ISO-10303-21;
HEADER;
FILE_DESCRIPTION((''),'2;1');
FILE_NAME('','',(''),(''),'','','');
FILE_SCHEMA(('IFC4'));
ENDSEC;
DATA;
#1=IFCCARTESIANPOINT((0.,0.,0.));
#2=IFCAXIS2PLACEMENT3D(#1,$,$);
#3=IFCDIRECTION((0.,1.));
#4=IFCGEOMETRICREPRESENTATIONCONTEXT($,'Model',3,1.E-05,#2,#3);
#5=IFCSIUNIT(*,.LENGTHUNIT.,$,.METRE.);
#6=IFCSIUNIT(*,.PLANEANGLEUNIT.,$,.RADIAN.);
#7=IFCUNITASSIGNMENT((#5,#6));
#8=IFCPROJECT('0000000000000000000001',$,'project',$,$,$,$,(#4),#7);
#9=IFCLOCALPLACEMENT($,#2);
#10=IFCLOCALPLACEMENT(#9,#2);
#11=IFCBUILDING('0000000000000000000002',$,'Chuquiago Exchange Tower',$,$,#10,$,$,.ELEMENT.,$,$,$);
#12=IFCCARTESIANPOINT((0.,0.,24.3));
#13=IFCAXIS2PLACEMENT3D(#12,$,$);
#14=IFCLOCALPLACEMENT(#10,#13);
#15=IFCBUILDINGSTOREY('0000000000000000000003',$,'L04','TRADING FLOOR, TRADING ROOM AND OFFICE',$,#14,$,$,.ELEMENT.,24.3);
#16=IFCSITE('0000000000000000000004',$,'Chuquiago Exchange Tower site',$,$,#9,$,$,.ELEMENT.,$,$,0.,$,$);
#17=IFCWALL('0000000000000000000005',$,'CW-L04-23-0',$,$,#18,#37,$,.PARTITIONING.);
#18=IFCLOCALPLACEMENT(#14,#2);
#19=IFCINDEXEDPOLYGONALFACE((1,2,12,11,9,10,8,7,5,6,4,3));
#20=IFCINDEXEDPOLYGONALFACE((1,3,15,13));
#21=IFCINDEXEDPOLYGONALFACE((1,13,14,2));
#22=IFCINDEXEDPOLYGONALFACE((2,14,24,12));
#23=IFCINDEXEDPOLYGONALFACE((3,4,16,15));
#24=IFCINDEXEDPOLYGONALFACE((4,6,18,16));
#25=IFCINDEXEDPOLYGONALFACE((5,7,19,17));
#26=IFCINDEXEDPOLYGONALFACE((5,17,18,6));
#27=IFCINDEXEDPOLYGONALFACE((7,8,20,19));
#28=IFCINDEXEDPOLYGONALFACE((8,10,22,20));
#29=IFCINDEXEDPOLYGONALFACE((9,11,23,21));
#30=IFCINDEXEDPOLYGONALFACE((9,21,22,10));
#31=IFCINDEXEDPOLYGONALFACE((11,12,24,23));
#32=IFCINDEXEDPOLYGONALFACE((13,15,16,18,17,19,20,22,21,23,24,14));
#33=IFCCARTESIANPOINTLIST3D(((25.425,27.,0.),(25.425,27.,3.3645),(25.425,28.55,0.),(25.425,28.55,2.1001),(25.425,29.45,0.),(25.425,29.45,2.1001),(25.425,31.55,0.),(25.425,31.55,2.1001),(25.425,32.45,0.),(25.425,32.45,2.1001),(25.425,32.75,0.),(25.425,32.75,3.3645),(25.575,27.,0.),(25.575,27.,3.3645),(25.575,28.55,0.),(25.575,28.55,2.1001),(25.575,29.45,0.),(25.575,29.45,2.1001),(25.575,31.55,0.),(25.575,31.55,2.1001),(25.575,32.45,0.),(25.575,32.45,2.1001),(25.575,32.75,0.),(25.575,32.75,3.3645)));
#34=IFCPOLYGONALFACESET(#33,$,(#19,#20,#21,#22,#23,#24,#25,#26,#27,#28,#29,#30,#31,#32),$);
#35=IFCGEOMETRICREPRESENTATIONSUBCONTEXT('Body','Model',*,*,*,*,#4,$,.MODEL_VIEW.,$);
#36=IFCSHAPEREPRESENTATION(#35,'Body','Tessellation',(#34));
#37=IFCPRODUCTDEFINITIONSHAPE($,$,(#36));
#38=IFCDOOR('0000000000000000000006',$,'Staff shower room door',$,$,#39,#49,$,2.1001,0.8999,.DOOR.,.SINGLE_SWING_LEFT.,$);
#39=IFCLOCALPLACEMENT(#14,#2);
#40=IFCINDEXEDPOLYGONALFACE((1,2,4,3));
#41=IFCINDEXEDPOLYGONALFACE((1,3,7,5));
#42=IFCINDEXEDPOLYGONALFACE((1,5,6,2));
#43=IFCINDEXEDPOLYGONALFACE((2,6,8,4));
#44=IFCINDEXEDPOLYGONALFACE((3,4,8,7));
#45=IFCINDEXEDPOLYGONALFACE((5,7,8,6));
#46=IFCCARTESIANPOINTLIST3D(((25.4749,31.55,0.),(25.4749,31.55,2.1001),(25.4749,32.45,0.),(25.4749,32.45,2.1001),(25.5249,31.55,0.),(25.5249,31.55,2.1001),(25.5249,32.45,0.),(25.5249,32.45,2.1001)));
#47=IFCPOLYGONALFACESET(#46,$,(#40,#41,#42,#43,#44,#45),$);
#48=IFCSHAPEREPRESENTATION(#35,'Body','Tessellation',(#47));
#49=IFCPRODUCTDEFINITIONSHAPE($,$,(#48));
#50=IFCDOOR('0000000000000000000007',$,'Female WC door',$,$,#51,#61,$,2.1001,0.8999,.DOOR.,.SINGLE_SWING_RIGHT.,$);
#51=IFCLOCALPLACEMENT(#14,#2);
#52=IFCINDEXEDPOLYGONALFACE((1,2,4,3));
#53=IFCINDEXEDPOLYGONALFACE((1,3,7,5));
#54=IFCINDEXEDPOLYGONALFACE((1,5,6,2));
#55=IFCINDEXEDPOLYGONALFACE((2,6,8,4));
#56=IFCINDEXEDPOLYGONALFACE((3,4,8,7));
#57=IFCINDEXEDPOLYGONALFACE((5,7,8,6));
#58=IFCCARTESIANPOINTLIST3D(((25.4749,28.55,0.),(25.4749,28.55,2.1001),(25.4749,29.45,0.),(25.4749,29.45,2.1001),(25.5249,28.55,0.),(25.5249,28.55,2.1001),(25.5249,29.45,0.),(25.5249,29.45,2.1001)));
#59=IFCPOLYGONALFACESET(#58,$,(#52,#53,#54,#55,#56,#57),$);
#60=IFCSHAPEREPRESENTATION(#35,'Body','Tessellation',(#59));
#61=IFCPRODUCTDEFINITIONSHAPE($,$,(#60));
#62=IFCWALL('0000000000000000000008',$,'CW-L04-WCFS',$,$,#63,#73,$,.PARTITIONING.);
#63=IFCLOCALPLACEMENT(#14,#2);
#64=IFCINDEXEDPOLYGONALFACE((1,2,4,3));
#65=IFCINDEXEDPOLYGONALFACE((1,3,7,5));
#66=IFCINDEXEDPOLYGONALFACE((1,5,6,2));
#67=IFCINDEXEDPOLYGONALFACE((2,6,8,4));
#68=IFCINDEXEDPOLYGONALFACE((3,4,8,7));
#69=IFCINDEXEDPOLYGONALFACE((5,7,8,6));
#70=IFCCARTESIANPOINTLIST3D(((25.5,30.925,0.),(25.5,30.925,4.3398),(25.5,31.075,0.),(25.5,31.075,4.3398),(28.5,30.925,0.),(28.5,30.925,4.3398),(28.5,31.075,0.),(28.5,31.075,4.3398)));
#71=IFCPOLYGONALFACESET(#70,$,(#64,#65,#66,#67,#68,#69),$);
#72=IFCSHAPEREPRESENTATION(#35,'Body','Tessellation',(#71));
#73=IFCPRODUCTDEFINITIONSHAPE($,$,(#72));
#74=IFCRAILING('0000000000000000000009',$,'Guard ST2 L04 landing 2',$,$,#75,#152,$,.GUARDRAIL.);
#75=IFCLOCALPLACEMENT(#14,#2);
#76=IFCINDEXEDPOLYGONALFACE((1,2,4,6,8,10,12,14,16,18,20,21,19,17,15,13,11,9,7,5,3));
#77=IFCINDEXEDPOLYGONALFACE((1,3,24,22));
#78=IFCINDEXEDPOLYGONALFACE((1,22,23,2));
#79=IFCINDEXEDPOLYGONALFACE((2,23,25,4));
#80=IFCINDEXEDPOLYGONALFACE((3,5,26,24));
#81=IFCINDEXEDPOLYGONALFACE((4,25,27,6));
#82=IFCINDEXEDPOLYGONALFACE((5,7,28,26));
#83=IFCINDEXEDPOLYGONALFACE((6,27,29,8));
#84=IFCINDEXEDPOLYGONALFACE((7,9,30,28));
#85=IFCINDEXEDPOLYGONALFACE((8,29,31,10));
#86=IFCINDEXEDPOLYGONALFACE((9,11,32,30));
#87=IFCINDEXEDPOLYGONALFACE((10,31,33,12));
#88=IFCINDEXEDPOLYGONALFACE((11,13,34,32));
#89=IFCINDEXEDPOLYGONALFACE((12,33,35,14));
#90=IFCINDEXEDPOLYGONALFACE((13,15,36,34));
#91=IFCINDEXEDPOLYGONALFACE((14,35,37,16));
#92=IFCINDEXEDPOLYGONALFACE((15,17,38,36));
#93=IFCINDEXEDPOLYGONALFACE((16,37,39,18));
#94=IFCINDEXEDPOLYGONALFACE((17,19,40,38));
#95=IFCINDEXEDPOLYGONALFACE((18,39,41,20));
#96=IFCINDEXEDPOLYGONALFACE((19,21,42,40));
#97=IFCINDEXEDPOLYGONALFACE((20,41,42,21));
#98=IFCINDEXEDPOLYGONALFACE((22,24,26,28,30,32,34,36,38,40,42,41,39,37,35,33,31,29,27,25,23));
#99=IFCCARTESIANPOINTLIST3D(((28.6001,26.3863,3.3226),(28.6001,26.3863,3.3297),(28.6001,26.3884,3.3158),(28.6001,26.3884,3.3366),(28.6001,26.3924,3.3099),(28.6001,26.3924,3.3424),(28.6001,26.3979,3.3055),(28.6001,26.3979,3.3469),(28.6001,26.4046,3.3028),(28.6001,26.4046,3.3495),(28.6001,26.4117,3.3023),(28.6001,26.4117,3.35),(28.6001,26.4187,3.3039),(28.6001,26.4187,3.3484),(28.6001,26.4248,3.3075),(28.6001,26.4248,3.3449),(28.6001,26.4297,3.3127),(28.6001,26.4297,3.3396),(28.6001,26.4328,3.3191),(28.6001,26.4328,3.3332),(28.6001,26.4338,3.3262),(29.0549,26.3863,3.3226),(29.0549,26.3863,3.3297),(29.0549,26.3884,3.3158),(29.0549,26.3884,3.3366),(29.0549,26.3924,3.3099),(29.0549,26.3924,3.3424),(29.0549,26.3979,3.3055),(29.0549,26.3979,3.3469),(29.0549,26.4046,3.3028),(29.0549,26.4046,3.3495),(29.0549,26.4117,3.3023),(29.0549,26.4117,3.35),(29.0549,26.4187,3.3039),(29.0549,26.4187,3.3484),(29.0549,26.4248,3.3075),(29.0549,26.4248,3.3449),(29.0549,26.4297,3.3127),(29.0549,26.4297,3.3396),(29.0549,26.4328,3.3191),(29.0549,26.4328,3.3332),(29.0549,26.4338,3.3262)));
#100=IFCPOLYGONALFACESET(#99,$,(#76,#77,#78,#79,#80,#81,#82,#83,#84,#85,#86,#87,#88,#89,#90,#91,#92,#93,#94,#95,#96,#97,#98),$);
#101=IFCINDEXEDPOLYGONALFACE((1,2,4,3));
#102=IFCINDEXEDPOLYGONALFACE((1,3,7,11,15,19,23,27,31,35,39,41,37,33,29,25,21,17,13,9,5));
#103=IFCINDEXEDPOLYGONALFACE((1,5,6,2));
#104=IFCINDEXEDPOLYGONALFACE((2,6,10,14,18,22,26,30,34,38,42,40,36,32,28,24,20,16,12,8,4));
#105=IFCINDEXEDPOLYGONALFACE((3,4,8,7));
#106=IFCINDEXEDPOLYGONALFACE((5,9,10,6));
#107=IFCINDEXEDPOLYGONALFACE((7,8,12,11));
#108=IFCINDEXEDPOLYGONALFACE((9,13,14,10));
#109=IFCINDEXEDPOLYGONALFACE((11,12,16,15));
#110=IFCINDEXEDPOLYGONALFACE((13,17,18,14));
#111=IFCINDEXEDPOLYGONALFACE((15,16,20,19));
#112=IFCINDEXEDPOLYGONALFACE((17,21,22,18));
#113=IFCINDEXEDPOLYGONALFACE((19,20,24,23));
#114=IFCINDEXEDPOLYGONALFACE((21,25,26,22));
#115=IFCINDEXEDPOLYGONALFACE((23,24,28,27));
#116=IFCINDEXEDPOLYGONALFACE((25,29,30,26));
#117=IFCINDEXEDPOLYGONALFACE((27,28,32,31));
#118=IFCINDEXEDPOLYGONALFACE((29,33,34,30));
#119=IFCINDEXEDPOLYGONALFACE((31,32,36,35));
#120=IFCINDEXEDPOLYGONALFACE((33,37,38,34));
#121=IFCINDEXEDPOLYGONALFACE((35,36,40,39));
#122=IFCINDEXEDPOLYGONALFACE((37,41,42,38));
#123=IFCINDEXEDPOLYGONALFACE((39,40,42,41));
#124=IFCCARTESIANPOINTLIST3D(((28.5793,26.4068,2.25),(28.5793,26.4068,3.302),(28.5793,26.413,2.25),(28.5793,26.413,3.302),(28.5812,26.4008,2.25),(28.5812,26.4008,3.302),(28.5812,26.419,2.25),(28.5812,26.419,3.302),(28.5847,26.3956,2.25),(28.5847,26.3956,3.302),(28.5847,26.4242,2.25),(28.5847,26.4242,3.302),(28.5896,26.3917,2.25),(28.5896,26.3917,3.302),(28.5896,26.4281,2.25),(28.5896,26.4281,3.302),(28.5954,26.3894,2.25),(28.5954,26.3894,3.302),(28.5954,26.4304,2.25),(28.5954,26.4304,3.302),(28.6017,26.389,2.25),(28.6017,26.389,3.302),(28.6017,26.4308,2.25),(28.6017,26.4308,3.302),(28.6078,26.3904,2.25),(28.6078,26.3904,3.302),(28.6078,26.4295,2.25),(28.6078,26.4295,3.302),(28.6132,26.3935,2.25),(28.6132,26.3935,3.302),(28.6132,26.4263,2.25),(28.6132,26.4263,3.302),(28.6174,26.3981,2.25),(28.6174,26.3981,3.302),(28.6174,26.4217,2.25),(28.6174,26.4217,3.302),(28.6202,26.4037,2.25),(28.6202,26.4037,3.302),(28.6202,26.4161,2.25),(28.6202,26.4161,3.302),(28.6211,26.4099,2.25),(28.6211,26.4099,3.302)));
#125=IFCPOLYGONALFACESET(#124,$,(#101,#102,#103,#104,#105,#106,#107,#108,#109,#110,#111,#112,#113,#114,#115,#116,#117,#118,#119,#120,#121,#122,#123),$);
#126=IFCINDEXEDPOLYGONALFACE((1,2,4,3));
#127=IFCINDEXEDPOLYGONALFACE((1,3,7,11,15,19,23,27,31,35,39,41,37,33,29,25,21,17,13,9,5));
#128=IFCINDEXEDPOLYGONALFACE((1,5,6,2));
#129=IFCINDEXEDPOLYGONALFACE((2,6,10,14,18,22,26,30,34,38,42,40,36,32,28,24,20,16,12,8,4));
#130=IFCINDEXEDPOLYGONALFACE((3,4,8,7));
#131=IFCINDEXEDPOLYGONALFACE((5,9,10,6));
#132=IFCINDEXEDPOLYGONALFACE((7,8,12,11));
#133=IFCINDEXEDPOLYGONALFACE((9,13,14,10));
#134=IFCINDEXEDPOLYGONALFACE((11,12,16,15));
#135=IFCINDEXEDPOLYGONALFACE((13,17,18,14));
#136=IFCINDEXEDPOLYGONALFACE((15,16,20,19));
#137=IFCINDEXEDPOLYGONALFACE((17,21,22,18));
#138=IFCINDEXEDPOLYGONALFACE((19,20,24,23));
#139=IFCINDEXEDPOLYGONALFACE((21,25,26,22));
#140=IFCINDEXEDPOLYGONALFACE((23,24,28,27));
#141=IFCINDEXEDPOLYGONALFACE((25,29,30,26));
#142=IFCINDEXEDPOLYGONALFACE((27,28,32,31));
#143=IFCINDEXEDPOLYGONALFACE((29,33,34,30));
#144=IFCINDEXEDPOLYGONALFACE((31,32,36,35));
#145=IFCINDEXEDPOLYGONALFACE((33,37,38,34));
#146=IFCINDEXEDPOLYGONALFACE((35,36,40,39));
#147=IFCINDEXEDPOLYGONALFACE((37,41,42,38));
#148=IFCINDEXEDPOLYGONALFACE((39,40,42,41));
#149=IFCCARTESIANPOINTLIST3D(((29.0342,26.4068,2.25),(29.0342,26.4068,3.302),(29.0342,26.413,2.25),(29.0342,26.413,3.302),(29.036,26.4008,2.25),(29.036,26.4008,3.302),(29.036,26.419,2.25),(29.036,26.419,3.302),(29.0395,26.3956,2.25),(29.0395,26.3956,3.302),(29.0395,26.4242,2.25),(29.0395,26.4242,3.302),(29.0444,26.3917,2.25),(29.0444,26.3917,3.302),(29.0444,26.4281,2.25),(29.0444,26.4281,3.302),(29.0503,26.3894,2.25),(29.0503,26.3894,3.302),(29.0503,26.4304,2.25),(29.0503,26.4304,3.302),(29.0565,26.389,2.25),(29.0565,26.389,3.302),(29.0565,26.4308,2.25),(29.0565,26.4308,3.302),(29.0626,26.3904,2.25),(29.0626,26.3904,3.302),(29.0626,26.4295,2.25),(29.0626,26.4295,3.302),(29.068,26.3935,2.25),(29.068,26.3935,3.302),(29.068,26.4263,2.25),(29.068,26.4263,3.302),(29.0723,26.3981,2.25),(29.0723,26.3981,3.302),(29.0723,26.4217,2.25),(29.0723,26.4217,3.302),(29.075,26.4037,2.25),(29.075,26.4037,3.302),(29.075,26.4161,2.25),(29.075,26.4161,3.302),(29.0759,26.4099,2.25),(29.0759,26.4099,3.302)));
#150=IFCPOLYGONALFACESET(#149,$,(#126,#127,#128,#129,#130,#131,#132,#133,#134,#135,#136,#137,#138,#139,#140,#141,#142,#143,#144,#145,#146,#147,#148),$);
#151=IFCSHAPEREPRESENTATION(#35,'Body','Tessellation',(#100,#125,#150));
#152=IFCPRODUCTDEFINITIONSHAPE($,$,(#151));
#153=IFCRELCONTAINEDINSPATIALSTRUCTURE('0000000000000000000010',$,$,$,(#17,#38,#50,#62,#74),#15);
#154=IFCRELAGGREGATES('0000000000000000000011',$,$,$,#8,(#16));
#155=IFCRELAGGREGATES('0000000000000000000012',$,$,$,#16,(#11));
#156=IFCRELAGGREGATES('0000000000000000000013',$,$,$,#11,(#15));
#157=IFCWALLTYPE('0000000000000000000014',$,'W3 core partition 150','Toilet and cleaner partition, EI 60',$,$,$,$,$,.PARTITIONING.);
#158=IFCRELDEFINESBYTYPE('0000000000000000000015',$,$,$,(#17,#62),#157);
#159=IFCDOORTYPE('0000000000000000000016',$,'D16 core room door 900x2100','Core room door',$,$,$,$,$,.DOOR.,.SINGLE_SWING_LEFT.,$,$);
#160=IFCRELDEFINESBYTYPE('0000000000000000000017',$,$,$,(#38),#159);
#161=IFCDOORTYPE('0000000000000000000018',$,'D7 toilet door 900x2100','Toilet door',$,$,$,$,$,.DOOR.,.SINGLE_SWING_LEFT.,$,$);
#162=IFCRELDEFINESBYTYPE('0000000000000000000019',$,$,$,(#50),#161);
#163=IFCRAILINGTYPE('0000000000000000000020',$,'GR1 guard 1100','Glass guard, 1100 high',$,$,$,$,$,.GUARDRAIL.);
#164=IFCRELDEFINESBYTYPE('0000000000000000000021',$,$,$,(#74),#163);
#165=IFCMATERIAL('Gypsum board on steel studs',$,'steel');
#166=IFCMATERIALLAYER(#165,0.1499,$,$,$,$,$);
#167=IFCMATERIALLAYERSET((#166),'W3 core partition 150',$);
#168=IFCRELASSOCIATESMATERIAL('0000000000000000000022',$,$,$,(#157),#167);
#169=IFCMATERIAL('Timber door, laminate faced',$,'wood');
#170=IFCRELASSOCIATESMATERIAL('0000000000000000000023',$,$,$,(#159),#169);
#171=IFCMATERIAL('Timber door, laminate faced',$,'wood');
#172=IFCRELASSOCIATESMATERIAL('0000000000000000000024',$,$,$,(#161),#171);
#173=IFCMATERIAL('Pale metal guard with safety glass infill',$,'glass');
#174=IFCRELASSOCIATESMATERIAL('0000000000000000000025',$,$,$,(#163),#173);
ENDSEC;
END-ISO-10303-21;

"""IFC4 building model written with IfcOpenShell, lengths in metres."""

from ifc_helpers import new_model, si_unit, direction, frame, frame_2d, origin, origin_2d, place, context, subcontext, project, spatial, rectangle, circle, extrude, material, layer, layer_set, type_object, element, fill, save


model = new_model("IFC4")

# Units and contexts
model_context = context("Model", 3, precision=1e-05, world=origin(), true_north=direction((0.0, 1.0)))
body_context = subcontext(model_context, "Body", "Model", "MODEL_VIEW")
ifc_project = project(units=[si_unit("LENGTHUNIT", "METRE"), si_unit("PLANEANGLEUNIT", "RADIAN")], contexts=[model_context])

# Site, building, storey
site_placement = place(None, origin())
site = spatial("IfcSite", under=ifc_project, at=site_placement, Name="Chuquiago Exchange Tower site", CompositionType="ELEMENT", RefElevation=0.0)
building_placement = place(site_placement, origin())
building = spatial("IfcBuilding", under=site, at=building_placement, Name="Chuquiago Exchange Tower", CompositionType="ELEMENT")
storey_placement = place(building_placement, frame((0.0, 0.0, 24.3)))
storey = spatial("IfcBuildingStorey", under=building, at=storey_placement, Name="L04", Description="TRADING FLOOR, TRADING ROOM AND OFFICE", CompositionType="ELEMENT", Elevation=24.3)

# Wall, openings, doors
ifc_material_1 = material(Name="Gypsum board on steel studs", Category="steel")
ifc_layer_1 = layer(ifc_material_1, 0.1499)
ifc_layer_set_1 = layer_set([ifc_layer_1], Name="W3 core partition 150")
wall_type_1 = type_object("IfcWallType", Name="W3 core partition 150", Description="Toilet and cleaner partition, EI 60", PredefinedType="PARTITIONING", material=ifc_layer_set_1)
ifc_material_2 = material(Name="Timber door, laminate faced", Category="wood")
door_type_1 = type_object("IfcDoorType", Name="D16 core room door 900x2100", Description="Core room door", OperationType="SINGLE_SWING_LEFT", PredefinedType="DOOR", material=ifc_material_2)
ifc_material_3 = material(Name="Timber door, laminate faced", Category="wood")
door_type_2 = type_object("IfcDoorType", Name="D7 toilet door 900x2100", Description="Toilet door", OperationType="SINGLE_SWING_LEFT", PredefinedType="DOOR", material=ifc_material_3)
wall_1_placement = place(storey_placement, frame((25.5, 27.0, 0.0), z_axis=(0.0, 0.0, 1.0), x_axis=(0.0, 1.0, 0.0)))
wall_1 = element("IfcWall", 1, at=wall_1_placement, inside=storey, type_object=wall_type_1, Name="CW-L04-23-0", PredefinedType="PARTITIONING", context=body_context, shape_type="SweptSolid", body=[
    extrude(rectangle(XDim=5.75, YDim=0.1499, at=frame_2d((2.875, 0.0))), origin(), (0.0, 0.0, 1.0), 3.3645),
])
opening_1_placement = place(wall_1_placement, frame((1.55, 0.0, 0.0)))
opening_1 = element("IfcOpeningElement", 2, at=opening_1_placement, cuts=wall_1, PredefinedType="OPENING", context=body_context, shape_type="SweptSolid", body=[
    extrude(rectangle(XDim=0.8999, YDim=2.1001, at=frame_2d((0.45, 1.05))), frame((0.0, 0.085, 0.0), z_axis=(0.0, -1.0, 0.0), x_axis=(1.0, 0.0, 0.0)), (0.0, 0.0, 1.0), 0.1699),
])
opening_2_placement = place(wall_1_placement, frame((4.55, 0.0, 0.0)))
opening_2 = element("IfcOpeningElement", 3, at=opening_2_placement, cuts=wall_1, PredefinedType="OPENING", context=body_context, shape_type="SweptSolid", body=[
    extrude(rectangle(XDim=0.8999, YDim=2.1001, at=frame_2d((0.45, 1.05))), frame((0.0, 0.085, 0.0), z_axis=(0.0, -1.0, 0.0), x_axis=(1.0, 0.0, 0.0)), (0.0, 0.0, 1.0), 0.1699),
])
door_1_placement = place(opening_2_placement, frame((0.8999, 0.0, 0.0), z_axis=(0.0, 0.0, 1.0), x_axis=(-1.0, 0.0, 0.0)))
door_1 = element("IfcDoor", 4, at=door_1_placement, inside=storey, type_object=door_type_1, Name="Staff shower room door", OperationType="SINGLE_SWING_LEFT", OverallHeight=2.1001, OverallWidth=0.8999, PredefinedType="DOOR", context=body_context, shape_type="SweptSolid", body=[
    extrude(rectangle(XDim=0.8999, YDim=2.1001, at=frame_2d((0.45, 1.05))), frame((0.0, 0.0249, 0.0), z_axis=(0.0, -1.0, 0.0), x_axis=(1.0, 0.0, 0.0)), (0.0, 0.0, 1.0), 0.05),
])
fill(opening_2, door_1)
door_2_placement = place(opening_1_placement, frame((0.8999, 0.0, 0.0), z_axis=(0.0, 0.0, 1.0), x_axis=(-1.0, 0.0, 0.0)))
door_2 = element("IfcDoor", 5, at=door_2_placement, inside=storey, type_object=door_type_2, Name="Female WC door", OperationType="SINGLE_SWING_RIGHT", OverallHeight=2.1001, OverallWidth=0.8999, PredefinedType="DOOR", context=body_context, shape_type="SweptSolid", body=[
    extrude(rectangle(XDim=0.8999, YDim=2.1001, at=frame_2d((0.45, 1.05))), frame((0.0, 0.0249, 0.0), z_axis=(0.0, -1.0, 0.0), x_axis=(1.0, 0.0, 0.0)), (0.0, 0.0, 1.0), 0.05),
])
fill(opening_1, door_2)

# Wall
wall_2_placement = place(storey_placement, frame((25.5, 31.0, 0.0), z_axis=(0.0, 0.0, 1.0), x_axis=(1.0, 0.0, 0.0)))
element("IfcWall", 6, at=wall_2_placement, inside=storey, type_object=wall_type_1, Name="CW-L04-WCFS", PredefinedType="PARTITIONING", context=body_context, shape_type="SweptSolid", body=[
    extrude(rectangle(XDim=3.0, YDim=0.1499, at=frame_2d((1.5, 0.0))), origin(), (0.0, 0.0, 1.0), 4.3398),
])

# Railing
ifc_material_4 = material(Name="Pale metal guard with safety glass infill", Category="glass")
railing_type = type_object("IfcRailingType", Name="GR1 guard 1100", Description="Glass guard, 1100 high", PredefinedType="GUARDRAIL", material=ifc_material_4)
railing_placement = place(storey_placement, frame((28.6001, 26.4099, 2.25)))
element("IfcRailing", 7, at=railing_placement, inside=storey, type_object=railing_type, Name="Guard ST2 L04 landing 2", PredefinedType="GUARDRAIL", context=body_context, shape_type="SweptSolid", body=[
    extrude(circle(Radius=0.0239, at=origin_2d()), frame((0.0, 0.0, 1.0762), z_axis=(1.0, 0.0, 0.0), x_axis=(0.0, 1.0, 0.0)), (0.0, 0.0, 1.0), 0.4548),
    extrude(circle(Radius=0.021, at=origin_2d()), origin(), (0.0, 0.0, 1.0), 1.052),
    extrude(circle(Radius=0.021, at=origin_2d()), frame((0.4548, 0.0, 0.0)), (0.0, 0.0, 1.0), 1.052),
])

save(model, "model.ifc")
